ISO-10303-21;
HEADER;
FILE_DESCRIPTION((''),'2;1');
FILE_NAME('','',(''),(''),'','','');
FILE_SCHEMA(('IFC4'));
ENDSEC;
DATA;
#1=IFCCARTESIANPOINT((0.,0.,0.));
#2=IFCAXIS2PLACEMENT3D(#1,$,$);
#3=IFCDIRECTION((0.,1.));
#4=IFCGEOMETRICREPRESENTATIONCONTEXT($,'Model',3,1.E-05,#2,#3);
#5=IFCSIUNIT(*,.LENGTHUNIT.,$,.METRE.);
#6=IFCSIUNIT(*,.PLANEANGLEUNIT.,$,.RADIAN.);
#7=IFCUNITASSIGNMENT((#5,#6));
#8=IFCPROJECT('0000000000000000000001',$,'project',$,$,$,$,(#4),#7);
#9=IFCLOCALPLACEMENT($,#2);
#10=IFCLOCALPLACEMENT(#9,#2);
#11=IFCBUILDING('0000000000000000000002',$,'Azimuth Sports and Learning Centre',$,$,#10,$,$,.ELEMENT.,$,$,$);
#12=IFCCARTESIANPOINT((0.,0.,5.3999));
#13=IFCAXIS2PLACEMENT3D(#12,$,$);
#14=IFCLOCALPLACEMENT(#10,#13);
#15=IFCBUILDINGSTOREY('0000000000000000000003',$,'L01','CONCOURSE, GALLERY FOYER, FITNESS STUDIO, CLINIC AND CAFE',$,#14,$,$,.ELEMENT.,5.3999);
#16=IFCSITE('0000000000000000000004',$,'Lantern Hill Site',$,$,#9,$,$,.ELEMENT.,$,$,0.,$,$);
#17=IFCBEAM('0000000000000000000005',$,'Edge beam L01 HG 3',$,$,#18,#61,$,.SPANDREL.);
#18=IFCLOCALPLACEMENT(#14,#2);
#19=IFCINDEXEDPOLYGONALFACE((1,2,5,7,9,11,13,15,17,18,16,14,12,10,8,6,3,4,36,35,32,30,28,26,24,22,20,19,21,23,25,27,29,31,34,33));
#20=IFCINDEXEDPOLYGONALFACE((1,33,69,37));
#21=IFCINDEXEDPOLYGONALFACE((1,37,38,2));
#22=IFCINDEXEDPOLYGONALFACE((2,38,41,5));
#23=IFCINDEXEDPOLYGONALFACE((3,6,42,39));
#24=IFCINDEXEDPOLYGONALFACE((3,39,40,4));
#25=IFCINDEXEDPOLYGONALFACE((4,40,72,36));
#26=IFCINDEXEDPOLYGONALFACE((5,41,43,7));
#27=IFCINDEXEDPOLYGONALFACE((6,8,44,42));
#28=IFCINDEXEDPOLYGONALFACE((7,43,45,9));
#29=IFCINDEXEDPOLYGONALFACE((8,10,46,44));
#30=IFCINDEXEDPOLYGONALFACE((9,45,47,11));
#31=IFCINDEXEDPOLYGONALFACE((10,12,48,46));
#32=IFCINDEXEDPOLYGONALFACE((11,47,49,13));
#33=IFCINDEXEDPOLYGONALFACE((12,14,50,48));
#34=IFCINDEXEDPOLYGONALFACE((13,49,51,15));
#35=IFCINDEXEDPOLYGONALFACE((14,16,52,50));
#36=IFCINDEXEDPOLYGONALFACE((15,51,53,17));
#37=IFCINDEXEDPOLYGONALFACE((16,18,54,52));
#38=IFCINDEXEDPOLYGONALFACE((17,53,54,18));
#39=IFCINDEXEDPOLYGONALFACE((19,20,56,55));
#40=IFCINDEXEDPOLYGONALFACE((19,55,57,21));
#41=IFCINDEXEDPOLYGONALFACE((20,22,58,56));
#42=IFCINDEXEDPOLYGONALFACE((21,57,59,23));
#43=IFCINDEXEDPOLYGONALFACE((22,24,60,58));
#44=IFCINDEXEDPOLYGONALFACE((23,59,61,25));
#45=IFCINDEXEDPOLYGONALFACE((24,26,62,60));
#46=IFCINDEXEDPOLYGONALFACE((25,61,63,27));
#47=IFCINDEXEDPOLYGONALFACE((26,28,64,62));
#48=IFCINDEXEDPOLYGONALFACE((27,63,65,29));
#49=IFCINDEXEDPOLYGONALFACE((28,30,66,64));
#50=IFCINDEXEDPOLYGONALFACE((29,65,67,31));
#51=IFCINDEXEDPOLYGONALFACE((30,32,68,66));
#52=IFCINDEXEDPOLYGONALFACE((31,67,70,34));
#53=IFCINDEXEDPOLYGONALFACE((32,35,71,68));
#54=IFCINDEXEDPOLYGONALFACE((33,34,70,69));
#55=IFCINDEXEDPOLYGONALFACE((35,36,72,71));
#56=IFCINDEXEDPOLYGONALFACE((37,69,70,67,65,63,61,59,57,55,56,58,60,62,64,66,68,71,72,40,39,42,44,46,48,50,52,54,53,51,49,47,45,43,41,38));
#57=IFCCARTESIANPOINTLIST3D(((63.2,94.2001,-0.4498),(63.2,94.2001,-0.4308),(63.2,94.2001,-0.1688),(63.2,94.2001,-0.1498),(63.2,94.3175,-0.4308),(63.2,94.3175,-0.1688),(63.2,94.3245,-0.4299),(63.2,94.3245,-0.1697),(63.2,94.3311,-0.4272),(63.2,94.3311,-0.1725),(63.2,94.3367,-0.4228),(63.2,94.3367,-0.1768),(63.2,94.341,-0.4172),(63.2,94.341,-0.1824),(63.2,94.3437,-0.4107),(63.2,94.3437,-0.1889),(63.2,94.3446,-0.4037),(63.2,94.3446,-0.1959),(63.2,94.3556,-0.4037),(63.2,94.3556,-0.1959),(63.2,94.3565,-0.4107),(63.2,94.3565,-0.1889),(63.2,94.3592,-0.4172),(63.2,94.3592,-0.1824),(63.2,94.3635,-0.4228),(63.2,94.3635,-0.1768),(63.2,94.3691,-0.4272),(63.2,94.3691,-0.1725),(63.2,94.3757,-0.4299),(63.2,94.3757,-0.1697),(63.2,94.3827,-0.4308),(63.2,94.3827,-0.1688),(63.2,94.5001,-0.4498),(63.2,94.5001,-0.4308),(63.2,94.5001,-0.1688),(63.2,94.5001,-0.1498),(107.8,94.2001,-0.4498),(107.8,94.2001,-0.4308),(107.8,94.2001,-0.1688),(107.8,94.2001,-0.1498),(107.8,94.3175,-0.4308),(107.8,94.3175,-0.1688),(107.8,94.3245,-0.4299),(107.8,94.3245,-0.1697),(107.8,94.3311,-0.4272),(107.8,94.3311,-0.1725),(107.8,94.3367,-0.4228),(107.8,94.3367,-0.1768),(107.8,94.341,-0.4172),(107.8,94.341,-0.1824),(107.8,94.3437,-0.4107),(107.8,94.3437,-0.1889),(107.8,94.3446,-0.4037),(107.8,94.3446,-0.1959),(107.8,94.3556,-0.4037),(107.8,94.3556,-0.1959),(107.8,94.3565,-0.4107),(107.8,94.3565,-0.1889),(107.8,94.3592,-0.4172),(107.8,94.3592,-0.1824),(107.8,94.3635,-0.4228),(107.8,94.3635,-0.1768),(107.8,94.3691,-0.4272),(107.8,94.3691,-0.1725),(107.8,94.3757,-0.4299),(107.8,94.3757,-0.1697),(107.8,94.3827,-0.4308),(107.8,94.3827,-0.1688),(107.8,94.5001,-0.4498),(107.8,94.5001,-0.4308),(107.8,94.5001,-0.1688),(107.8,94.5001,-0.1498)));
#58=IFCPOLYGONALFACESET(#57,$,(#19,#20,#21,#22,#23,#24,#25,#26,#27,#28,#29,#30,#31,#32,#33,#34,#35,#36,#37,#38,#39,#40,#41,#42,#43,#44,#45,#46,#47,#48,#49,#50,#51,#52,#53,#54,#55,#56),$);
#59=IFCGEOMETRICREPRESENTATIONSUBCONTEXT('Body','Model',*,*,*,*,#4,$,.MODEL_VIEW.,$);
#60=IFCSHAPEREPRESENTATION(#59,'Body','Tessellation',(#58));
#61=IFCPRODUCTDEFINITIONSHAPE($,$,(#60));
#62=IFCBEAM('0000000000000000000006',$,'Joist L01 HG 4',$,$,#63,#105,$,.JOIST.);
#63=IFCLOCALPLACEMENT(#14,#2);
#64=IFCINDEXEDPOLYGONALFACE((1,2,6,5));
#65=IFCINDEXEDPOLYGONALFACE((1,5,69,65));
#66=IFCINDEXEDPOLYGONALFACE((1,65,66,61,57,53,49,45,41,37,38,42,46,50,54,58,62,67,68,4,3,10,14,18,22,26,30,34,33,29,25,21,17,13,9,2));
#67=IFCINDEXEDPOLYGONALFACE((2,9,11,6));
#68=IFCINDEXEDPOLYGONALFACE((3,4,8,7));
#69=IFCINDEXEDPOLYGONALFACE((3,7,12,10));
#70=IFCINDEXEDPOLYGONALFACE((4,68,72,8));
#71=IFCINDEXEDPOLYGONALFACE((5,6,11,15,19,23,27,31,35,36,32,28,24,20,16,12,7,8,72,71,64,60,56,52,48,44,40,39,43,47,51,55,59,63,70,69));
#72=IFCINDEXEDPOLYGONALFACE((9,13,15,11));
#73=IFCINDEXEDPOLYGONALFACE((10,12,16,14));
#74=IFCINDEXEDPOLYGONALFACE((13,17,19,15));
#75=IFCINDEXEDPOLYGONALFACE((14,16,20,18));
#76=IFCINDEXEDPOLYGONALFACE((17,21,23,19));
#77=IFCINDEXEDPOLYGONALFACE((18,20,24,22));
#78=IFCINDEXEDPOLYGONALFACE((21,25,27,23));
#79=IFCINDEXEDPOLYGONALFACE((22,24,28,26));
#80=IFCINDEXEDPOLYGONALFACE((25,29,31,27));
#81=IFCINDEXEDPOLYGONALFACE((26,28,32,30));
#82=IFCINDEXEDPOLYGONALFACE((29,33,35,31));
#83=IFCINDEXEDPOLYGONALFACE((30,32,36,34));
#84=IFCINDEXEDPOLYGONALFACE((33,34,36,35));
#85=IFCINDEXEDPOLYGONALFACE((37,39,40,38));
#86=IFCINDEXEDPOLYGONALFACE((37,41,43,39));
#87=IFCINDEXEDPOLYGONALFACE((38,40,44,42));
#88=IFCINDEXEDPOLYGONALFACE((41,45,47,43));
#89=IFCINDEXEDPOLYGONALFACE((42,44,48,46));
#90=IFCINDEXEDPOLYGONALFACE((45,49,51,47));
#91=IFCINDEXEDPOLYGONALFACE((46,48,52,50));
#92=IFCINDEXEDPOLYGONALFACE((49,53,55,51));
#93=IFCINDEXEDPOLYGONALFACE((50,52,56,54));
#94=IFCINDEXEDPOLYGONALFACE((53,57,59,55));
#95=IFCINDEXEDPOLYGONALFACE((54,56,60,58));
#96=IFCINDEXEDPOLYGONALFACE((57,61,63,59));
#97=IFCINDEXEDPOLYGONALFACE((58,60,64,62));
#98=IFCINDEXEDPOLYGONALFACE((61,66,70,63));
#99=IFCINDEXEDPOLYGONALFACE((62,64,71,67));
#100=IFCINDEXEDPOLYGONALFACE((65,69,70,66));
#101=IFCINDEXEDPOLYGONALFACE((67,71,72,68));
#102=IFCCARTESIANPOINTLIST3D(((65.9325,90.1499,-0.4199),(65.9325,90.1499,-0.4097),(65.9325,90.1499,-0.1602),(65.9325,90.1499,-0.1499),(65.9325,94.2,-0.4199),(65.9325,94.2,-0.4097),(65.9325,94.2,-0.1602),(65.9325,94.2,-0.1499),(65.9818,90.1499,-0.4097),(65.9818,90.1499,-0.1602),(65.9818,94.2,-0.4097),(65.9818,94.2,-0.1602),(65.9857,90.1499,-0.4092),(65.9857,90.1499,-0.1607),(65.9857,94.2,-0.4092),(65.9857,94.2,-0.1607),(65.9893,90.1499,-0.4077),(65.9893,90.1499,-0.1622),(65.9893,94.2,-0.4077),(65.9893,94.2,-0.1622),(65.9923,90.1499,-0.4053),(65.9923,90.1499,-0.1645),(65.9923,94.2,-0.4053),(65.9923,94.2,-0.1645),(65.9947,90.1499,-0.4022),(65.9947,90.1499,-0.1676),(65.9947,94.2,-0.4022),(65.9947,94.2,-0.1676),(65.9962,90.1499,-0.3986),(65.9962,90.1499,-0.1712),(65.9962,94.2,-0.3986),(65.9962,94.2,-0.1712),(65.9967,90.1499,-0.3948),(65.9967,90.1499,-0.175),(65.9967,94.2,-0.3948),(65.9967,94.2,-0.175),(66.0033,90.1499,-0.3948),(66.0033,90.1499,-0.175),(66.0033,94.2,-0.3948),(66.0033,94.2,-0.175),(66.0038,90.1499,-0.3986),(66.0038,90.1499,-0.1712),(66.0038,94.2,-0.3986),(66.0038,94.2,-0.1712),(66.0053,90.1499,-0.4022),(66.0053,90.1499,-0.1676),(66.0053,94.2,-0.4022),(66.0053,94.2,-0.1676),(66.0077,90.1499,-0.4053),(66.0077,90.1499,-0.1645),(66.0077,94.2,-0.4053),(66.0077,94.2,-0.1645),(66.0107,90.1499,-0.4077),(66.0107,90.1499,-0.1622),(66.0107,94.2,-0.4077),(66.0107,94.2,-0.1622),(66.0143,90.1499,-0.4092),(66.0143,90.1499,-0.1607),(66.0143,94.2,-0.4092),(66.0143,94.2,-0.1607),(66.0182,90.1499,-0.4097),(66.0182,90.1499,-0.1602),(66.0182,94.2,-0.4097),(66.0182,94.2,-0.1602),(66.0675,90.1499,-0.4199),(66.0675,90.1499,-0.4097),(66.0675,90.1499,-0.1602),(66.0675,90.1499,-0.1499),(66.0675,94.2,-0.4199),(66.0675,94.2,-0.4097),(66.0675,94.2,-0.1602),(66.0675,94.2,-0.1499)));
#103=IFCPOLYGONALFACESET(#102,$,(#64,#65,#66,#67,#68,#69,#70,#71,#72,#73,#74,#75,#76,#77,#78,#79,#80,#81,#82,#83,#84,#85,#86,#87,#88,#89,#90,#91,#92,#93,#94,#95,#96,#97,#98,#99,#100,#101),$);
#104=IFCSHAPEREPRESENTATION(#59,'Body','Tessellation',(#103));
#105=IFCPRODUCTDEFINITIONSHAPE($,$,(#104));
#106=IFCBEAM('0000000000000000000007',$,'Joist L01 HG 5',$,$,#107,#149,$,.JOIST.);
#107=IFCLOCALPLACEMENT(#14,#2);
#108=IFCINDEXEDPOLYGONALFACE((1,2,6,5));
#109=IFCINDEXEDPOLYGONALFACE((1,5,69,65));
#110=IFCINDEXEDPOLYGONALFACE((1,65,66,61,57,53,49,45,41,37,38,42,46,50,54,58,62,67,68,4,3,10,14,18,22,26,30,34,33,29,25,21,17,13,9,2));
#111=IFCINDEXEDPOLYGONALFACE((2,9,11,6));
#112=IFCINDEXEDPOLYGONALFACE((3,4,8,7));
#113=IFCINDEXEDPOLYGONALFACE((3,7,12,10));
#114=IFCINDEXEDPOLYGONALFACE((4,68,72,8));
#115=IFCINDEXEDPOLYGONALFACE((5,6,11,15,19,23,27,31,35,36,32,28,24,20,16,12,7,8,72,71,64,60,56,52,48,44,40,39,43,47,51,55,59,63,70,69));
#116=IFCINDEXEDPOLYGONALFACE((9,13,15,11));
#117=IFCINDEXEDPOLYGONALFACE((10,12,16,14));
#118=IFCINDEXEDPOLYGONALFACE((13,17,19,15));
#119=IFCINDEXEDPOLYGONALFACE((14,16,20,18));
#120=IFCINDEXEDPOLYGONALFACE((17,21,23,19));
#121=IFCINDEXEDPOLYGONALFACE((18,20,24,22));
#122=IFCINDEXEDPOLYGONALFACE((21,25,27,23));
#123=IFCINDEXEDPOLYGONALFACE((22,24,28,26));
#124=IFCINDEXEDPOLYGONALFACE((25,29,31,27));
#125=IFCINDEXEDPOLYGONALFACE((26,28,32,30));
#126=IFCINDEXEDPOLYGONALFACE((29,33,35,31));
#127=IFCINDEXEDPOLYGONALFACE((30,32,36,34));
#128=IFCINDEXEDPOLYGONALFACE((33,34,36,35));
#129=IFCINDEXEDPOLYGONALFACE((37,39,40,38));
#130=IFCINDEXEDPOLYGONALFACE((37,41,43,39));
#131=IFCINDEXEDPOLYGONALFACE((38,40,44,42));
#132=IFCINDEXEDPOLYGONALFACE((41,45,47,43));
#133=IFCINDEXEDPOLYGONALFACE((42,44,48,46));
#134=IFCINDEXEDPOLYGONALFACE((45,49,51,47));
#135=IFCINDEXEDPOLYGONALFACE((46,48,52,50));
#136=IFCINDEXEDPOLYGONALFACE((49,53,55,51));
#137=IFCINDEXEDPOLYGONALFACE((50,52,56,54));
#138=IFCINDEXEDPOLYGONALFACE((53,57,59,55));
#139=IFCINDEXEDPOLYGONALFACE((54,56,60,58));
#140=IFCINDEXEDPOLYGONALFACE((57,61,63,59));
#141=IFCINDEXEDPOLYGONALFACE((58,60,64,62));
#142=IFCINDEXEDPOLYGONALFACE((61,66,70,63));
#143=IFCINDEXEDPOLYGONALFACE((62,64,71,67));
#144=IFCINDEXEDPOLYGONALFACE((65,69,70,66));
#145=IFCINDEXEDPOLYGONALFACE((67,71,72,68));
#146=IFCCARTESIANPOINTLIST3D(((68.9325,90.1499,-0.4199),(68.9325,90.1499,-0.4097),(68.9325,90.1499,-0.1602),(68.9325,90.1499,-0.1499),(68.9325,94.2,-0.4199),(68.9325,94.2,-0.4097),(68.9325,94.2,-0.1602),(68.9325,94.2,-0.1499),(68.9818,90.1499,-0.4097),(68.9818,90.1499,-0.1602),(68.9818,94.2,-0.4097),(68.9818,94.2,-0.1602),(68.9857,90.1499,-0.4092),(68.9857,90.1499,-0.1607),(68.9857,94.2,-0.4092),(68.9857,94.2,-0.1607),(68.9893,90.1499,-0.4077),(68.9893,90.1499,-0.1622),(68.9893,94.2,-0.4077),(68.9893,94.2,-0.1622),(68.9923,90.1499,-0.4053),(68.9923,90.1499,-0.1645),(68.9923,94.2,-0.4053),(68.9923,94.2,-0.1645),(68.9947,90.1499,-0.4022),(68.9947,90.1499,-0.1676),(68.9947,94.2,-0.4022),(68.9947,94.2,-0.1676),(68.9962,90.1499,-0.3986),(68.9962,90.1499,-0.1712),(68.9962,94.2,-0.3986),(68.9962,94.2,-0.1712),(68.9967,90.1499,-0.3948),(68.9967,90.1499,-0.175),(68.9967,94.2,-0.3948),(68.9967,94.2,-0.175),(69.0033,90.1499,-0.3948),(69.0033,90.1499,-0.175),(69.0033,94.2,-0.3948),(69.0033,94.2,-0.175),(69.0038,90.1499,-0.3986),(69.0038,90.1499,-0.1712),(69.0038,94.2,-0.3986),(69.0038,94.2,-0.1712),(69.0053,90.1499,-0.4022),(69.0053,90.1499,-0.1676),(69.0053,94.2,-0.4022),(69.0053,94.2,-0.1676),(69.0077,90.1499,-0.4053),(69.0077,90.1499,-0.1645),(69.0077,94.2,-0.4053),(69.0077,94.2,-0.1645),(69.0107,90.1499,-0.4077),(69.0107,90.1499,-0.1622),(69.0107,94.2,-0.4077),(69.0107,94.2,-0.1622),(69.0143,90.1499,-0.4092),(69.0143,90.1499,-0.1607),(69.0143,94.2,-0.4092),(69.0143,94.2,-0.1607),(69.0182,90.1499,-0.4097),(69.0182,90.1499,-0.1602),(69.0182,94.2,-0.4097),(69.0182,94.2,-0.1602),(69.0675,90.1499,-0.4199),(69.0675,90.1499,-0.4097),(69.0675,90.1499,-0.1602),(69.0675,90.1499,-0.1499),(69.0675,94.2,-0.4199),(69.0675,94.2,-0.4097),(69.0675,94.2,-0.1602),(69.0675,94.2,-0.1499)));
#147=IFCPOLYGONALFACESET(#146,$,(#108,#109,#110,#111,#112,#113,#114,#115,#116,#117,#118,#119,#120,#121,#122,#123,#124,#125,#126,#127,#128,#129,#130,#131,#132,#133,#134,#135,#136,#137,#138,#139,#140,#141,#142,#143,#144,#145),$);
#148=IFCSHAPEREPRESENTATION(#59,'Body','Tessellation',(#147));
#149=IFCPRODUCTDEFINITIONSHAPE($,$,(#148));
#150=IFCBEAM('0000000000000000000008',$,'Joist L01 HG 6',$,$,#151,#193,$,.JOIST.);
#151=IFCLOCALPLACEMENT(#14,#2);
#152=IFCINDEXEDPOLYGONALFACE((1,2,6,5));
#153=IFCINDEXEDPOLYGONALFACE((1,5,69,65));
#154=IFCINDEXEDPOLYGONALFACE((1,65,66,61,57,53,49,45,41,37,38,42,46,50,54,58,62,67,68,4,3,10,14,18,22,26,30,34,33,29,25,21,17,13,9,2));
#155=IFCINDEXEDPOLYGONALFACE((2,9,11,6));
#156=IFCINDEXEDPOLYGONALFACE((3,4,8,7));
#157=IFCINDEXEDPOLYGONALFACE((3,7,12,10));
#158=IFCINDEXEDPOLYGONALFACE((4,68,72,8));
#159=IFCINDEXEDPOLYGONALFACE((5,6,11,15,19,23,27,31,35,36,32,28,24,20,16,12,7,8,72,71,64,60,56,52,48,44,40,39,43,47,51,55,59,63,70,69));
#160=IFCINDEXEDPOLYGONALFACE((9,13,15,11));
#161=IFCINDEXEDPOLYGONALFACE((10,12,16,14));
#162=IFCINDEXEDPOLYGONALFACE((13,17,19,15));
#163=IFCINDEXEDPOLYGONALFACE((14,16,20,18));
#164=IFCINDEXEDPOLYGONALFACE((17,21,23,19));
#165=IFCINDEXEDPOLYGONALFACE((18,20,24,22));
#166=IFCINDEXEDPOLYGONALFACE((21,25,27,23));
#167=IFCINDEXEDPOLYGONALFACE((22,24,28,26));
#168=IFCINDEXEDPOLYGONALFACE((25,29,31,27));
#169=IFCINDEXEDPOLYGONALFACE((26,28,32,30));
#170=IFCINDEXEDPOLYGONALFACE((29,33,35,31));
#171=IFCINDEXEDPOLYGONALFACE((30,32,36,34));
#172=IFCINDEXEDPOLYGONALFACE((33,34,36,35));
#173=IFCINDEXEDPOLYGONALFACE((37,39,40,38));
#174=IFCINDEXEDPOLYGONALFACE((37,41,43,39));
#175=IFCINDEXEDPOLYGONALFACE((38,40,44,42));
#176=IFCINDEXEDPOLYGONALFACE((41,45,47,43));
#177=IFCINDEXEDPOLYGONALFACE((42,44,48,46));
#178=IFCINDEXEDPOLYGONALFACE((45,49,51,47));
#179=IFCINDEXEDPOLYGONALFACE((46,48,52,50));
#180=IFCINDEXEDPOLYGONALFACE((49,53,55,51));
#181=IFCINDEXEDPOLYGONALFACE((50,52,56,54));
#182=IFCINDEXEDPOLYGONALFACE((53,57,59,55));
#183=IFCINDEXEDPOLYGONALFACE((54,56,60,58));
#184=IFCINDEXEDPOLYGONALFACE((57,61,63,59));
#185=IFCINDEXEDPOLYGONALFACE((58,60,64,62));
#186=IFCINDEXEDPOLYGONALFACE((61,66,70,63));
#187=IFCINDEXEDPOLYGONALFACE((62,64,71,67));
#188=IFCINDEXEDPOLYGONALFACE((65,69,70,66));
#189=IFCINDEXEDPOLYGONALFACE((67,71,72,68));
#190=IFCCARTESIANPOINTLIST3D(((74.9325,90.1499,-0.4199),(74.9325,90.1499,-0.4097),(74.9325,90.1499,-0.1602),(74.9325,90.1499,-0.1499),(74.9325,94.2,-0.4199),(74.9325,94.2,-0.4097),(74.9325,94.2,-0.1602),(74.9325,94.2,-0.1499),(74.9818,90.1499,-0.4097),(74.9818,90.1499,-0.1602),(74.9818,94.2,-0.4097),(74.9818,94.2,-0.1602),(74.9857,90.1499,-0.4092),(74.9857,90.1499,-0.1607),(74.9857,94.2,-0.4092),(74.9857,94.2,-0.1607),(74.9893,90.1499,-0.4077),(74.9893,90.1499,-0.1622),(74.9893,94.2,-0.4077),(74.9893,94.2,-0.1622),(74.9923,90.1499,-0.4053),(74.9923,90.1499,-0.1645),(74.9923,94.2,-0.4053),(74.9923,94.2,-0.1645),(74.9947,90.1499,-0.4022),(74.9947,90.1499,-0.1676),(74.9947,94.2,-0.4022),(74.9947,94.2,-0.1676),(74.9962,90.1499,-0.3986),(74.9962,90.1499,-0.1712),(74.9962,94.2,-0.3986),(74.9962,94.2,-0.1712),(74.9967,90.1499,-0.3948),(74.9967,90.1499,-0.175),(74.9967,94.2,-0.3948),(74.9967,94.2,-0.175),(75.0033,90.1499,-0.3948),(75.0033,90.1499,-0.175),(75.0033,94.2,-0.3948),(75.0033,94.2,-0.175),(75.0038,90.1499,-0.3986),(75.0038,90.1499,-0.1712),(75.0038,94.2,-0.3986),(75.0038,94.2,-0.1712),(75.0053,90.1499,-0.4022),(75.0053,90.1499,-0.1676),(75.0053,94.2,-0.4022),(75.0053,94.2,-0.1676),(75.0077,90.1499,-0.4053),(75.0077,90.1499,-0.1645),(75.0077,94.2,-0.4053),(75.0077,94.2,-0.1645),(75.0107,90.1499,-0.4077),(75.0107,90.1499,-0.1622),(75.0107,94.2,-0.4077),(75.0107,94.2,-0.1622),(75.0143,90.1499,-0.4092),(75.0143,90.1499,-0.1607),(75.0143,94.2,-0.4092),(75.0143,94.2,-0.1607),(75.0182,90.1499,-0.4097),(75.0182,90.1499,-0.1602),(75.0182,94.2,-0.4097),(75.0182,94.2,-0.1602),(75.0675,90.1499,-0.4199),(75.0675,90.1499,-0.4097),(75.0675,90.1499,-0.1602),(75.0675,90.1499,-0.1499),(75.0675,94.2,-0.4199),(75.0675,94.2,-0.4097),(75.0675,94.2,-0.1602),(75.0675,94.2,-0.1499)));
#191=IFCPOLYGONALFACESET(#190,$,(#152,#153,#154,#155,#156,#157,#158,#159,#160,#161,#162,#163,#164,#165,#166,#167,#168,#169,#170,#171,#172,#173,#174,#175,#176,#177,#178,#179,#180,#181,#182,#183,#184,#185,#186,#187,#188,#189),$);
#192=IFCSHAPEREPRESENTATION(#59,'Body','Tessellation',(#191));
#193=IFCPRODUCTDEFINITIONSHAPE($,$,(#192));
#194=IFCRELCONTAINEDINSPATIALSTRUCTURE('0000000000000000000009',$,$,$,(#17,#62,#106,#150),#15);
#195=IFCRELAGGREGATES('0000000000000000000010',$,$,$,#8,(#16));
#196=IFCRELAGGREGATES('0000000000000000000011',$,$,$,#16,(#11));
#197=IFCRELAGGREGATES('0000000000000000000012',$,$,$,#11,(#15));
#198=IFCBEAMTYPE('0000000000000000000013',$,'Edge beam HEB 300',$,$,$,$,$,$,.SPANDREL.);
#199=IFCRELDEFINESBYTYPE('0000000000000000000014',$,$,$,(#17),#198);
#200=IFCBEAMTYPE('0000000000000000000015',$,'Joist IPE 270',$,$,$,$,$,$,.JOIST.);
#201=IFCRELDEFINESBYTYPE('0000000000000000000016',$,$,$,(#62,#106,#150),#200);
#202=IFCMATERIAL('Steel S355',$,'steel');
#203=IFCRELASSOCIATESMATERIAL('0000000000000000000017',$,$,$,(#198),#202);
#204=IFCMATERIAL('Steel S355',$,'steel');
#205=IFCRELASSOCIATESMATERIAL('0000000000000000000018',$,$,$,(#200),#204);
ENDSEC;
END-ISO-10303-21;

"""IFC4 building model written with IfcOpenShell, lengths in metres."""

from ifc_helpers import new_model, si_unit, direction, frame, origin, origin_2d, place, context, subcontext, project, spatial, i_section, extrude, material, material_profile, profile_set, type_object, element, save


model = new_model("IFC4")

# Units and contexts
model_context = context("Model", 3, precision=1e-05, world=origin(), true_north=direction((0.0, 1.0)))
body_context = subcontext(model_context, "Body", "Model", "MODEL_VIEW")
ifc_project = project(units=[si_unit("LENGTHUNIT", "METRE"), si_unit("PLANEANGLEUNIT", "RADIAN")], contexts=[model_context])

# Site, building, storey
site_placement = place(None, origin())
site = spatial("IfcSite", under=ifc_project, at=site_placement, Name="Lantern Hill Site", CompositionType="ELEMENT", RefElevation=0.0)
building_placement = place(site_placement, origin())
building = spatial("IfcBuilding", under=site, at=building_placement, Name="Azimuth Sports and Learning Centre", CompositionType="ELEMENT")
storey_placement = place(building_placement, frame((0.0, 0.0, 5.3999)))
storey = spatial("IfcBuildingStorey", under=building, at=storey_placement, Name="L01", Description="CONCOURSE, GALLERY FOYER, FITNESS STUDIO, CLINIC AND CAFE", CompositionType="ELEMENT", Elevation=5.3999)

# Beams
ifc_material_1 = material(Name="Steel S355", Category="steel")
ifc_material_profile_1 = material_profile(ifc_material_1, i_section(OverallWidth=0.3, OverallDepth=0.3, WebThickness=0.011, FlangeThickness=0.019, FilletRadius=0.0271, at=origin_2d()), Name="HEB 300")
ifc_profile_set_1 = profile_set([ifc_material_profile_1], Name="Steel S355")
beam_type_1 = type_object("IfcBeamType", Name="Edge beam HEB 300", PredefinedType="SPANDREL", material=ifc_profile_set_1)
beam_1_placement = place(storey_placement, frame((63.2, 94.3501, -0.2998), z_axis=(1.0, 0.0, 0.0), x_axis=(0.0, 1.0, 0.0)))
element("IfcBeam", 1, at=beam_1_placement, inside=storey, type_object=beam_type_1, Name="Edge beam L01 HG 3", PredefinedType="SPANDREL", context=body_context, shape_type="SweptSolid", body=[
    extrude(i_section(OverallWidth=0.3, OverallDepth=0.3, WebThickness=0.011, FlangeThickness=0.019, FilletRadius=0.0271, at=origin_2d()), origin(), (0.0, 0.0, 1.0), 44.6001),
])
ifc_material_2 = material(Name="Steel S355", Category="steel")
ifc_material_profile_2 = material_profile(ifc_material_2, i_section(OverallWidth=0.135, OverallDepth=0.27, WebThickness=0.0066, FlangeThickness=0.0103, FilletRadius=0.0149, at=origin_2d()), Name="IPE 270")
ifc_profile_set_2 = profile_set([ifc_material_profile_2], Name="Steel S355")
beam_type_2 = type_object("IfcBeamType", Name="Joist IPE 270", PredefinedType="JOIST", material=ifc_profile_set_2)
for number, where, z_axis, x_axis, name in (
    (2, (66.0, 90.1499, -0.2849), (0.0, 1.0, 0.0), (-1.0, 0.0, 0.0), "Joist L01 HG 4"),
    (3, (69.0, 90.1499, -0.2849), (0.0, 1.0, 0.0), (-1.0, 0.0, 0.0), "Joist L01 HG 5"),
    (4, (75.0, 90.1499, -0.2849), (0.0, 1.0, 0.0), (-1.0, 0.0, 0.0), "Joist L01 HG 6"),
):
    element("IfcBeam", number, at=place(storey_placement, frame(where, z_axis=z_axis, x_axis=x_axis)), inside=storey, type_object=beam_type_2, Name=name, PredefinedType="JOIST", context=body_context, shape_type="SweptSolid", body=[
        extrude(i_section(OverallWidth=0.135, OverallDepth=0.27, WebThickness=0.0066, FlangeThickness=0.0103, FilletRadius=0.0149, at=origin_2d()), origin(), (0.0, 0.0, 1.0), 4.05),
    ])

save(model, "model.ifc")
